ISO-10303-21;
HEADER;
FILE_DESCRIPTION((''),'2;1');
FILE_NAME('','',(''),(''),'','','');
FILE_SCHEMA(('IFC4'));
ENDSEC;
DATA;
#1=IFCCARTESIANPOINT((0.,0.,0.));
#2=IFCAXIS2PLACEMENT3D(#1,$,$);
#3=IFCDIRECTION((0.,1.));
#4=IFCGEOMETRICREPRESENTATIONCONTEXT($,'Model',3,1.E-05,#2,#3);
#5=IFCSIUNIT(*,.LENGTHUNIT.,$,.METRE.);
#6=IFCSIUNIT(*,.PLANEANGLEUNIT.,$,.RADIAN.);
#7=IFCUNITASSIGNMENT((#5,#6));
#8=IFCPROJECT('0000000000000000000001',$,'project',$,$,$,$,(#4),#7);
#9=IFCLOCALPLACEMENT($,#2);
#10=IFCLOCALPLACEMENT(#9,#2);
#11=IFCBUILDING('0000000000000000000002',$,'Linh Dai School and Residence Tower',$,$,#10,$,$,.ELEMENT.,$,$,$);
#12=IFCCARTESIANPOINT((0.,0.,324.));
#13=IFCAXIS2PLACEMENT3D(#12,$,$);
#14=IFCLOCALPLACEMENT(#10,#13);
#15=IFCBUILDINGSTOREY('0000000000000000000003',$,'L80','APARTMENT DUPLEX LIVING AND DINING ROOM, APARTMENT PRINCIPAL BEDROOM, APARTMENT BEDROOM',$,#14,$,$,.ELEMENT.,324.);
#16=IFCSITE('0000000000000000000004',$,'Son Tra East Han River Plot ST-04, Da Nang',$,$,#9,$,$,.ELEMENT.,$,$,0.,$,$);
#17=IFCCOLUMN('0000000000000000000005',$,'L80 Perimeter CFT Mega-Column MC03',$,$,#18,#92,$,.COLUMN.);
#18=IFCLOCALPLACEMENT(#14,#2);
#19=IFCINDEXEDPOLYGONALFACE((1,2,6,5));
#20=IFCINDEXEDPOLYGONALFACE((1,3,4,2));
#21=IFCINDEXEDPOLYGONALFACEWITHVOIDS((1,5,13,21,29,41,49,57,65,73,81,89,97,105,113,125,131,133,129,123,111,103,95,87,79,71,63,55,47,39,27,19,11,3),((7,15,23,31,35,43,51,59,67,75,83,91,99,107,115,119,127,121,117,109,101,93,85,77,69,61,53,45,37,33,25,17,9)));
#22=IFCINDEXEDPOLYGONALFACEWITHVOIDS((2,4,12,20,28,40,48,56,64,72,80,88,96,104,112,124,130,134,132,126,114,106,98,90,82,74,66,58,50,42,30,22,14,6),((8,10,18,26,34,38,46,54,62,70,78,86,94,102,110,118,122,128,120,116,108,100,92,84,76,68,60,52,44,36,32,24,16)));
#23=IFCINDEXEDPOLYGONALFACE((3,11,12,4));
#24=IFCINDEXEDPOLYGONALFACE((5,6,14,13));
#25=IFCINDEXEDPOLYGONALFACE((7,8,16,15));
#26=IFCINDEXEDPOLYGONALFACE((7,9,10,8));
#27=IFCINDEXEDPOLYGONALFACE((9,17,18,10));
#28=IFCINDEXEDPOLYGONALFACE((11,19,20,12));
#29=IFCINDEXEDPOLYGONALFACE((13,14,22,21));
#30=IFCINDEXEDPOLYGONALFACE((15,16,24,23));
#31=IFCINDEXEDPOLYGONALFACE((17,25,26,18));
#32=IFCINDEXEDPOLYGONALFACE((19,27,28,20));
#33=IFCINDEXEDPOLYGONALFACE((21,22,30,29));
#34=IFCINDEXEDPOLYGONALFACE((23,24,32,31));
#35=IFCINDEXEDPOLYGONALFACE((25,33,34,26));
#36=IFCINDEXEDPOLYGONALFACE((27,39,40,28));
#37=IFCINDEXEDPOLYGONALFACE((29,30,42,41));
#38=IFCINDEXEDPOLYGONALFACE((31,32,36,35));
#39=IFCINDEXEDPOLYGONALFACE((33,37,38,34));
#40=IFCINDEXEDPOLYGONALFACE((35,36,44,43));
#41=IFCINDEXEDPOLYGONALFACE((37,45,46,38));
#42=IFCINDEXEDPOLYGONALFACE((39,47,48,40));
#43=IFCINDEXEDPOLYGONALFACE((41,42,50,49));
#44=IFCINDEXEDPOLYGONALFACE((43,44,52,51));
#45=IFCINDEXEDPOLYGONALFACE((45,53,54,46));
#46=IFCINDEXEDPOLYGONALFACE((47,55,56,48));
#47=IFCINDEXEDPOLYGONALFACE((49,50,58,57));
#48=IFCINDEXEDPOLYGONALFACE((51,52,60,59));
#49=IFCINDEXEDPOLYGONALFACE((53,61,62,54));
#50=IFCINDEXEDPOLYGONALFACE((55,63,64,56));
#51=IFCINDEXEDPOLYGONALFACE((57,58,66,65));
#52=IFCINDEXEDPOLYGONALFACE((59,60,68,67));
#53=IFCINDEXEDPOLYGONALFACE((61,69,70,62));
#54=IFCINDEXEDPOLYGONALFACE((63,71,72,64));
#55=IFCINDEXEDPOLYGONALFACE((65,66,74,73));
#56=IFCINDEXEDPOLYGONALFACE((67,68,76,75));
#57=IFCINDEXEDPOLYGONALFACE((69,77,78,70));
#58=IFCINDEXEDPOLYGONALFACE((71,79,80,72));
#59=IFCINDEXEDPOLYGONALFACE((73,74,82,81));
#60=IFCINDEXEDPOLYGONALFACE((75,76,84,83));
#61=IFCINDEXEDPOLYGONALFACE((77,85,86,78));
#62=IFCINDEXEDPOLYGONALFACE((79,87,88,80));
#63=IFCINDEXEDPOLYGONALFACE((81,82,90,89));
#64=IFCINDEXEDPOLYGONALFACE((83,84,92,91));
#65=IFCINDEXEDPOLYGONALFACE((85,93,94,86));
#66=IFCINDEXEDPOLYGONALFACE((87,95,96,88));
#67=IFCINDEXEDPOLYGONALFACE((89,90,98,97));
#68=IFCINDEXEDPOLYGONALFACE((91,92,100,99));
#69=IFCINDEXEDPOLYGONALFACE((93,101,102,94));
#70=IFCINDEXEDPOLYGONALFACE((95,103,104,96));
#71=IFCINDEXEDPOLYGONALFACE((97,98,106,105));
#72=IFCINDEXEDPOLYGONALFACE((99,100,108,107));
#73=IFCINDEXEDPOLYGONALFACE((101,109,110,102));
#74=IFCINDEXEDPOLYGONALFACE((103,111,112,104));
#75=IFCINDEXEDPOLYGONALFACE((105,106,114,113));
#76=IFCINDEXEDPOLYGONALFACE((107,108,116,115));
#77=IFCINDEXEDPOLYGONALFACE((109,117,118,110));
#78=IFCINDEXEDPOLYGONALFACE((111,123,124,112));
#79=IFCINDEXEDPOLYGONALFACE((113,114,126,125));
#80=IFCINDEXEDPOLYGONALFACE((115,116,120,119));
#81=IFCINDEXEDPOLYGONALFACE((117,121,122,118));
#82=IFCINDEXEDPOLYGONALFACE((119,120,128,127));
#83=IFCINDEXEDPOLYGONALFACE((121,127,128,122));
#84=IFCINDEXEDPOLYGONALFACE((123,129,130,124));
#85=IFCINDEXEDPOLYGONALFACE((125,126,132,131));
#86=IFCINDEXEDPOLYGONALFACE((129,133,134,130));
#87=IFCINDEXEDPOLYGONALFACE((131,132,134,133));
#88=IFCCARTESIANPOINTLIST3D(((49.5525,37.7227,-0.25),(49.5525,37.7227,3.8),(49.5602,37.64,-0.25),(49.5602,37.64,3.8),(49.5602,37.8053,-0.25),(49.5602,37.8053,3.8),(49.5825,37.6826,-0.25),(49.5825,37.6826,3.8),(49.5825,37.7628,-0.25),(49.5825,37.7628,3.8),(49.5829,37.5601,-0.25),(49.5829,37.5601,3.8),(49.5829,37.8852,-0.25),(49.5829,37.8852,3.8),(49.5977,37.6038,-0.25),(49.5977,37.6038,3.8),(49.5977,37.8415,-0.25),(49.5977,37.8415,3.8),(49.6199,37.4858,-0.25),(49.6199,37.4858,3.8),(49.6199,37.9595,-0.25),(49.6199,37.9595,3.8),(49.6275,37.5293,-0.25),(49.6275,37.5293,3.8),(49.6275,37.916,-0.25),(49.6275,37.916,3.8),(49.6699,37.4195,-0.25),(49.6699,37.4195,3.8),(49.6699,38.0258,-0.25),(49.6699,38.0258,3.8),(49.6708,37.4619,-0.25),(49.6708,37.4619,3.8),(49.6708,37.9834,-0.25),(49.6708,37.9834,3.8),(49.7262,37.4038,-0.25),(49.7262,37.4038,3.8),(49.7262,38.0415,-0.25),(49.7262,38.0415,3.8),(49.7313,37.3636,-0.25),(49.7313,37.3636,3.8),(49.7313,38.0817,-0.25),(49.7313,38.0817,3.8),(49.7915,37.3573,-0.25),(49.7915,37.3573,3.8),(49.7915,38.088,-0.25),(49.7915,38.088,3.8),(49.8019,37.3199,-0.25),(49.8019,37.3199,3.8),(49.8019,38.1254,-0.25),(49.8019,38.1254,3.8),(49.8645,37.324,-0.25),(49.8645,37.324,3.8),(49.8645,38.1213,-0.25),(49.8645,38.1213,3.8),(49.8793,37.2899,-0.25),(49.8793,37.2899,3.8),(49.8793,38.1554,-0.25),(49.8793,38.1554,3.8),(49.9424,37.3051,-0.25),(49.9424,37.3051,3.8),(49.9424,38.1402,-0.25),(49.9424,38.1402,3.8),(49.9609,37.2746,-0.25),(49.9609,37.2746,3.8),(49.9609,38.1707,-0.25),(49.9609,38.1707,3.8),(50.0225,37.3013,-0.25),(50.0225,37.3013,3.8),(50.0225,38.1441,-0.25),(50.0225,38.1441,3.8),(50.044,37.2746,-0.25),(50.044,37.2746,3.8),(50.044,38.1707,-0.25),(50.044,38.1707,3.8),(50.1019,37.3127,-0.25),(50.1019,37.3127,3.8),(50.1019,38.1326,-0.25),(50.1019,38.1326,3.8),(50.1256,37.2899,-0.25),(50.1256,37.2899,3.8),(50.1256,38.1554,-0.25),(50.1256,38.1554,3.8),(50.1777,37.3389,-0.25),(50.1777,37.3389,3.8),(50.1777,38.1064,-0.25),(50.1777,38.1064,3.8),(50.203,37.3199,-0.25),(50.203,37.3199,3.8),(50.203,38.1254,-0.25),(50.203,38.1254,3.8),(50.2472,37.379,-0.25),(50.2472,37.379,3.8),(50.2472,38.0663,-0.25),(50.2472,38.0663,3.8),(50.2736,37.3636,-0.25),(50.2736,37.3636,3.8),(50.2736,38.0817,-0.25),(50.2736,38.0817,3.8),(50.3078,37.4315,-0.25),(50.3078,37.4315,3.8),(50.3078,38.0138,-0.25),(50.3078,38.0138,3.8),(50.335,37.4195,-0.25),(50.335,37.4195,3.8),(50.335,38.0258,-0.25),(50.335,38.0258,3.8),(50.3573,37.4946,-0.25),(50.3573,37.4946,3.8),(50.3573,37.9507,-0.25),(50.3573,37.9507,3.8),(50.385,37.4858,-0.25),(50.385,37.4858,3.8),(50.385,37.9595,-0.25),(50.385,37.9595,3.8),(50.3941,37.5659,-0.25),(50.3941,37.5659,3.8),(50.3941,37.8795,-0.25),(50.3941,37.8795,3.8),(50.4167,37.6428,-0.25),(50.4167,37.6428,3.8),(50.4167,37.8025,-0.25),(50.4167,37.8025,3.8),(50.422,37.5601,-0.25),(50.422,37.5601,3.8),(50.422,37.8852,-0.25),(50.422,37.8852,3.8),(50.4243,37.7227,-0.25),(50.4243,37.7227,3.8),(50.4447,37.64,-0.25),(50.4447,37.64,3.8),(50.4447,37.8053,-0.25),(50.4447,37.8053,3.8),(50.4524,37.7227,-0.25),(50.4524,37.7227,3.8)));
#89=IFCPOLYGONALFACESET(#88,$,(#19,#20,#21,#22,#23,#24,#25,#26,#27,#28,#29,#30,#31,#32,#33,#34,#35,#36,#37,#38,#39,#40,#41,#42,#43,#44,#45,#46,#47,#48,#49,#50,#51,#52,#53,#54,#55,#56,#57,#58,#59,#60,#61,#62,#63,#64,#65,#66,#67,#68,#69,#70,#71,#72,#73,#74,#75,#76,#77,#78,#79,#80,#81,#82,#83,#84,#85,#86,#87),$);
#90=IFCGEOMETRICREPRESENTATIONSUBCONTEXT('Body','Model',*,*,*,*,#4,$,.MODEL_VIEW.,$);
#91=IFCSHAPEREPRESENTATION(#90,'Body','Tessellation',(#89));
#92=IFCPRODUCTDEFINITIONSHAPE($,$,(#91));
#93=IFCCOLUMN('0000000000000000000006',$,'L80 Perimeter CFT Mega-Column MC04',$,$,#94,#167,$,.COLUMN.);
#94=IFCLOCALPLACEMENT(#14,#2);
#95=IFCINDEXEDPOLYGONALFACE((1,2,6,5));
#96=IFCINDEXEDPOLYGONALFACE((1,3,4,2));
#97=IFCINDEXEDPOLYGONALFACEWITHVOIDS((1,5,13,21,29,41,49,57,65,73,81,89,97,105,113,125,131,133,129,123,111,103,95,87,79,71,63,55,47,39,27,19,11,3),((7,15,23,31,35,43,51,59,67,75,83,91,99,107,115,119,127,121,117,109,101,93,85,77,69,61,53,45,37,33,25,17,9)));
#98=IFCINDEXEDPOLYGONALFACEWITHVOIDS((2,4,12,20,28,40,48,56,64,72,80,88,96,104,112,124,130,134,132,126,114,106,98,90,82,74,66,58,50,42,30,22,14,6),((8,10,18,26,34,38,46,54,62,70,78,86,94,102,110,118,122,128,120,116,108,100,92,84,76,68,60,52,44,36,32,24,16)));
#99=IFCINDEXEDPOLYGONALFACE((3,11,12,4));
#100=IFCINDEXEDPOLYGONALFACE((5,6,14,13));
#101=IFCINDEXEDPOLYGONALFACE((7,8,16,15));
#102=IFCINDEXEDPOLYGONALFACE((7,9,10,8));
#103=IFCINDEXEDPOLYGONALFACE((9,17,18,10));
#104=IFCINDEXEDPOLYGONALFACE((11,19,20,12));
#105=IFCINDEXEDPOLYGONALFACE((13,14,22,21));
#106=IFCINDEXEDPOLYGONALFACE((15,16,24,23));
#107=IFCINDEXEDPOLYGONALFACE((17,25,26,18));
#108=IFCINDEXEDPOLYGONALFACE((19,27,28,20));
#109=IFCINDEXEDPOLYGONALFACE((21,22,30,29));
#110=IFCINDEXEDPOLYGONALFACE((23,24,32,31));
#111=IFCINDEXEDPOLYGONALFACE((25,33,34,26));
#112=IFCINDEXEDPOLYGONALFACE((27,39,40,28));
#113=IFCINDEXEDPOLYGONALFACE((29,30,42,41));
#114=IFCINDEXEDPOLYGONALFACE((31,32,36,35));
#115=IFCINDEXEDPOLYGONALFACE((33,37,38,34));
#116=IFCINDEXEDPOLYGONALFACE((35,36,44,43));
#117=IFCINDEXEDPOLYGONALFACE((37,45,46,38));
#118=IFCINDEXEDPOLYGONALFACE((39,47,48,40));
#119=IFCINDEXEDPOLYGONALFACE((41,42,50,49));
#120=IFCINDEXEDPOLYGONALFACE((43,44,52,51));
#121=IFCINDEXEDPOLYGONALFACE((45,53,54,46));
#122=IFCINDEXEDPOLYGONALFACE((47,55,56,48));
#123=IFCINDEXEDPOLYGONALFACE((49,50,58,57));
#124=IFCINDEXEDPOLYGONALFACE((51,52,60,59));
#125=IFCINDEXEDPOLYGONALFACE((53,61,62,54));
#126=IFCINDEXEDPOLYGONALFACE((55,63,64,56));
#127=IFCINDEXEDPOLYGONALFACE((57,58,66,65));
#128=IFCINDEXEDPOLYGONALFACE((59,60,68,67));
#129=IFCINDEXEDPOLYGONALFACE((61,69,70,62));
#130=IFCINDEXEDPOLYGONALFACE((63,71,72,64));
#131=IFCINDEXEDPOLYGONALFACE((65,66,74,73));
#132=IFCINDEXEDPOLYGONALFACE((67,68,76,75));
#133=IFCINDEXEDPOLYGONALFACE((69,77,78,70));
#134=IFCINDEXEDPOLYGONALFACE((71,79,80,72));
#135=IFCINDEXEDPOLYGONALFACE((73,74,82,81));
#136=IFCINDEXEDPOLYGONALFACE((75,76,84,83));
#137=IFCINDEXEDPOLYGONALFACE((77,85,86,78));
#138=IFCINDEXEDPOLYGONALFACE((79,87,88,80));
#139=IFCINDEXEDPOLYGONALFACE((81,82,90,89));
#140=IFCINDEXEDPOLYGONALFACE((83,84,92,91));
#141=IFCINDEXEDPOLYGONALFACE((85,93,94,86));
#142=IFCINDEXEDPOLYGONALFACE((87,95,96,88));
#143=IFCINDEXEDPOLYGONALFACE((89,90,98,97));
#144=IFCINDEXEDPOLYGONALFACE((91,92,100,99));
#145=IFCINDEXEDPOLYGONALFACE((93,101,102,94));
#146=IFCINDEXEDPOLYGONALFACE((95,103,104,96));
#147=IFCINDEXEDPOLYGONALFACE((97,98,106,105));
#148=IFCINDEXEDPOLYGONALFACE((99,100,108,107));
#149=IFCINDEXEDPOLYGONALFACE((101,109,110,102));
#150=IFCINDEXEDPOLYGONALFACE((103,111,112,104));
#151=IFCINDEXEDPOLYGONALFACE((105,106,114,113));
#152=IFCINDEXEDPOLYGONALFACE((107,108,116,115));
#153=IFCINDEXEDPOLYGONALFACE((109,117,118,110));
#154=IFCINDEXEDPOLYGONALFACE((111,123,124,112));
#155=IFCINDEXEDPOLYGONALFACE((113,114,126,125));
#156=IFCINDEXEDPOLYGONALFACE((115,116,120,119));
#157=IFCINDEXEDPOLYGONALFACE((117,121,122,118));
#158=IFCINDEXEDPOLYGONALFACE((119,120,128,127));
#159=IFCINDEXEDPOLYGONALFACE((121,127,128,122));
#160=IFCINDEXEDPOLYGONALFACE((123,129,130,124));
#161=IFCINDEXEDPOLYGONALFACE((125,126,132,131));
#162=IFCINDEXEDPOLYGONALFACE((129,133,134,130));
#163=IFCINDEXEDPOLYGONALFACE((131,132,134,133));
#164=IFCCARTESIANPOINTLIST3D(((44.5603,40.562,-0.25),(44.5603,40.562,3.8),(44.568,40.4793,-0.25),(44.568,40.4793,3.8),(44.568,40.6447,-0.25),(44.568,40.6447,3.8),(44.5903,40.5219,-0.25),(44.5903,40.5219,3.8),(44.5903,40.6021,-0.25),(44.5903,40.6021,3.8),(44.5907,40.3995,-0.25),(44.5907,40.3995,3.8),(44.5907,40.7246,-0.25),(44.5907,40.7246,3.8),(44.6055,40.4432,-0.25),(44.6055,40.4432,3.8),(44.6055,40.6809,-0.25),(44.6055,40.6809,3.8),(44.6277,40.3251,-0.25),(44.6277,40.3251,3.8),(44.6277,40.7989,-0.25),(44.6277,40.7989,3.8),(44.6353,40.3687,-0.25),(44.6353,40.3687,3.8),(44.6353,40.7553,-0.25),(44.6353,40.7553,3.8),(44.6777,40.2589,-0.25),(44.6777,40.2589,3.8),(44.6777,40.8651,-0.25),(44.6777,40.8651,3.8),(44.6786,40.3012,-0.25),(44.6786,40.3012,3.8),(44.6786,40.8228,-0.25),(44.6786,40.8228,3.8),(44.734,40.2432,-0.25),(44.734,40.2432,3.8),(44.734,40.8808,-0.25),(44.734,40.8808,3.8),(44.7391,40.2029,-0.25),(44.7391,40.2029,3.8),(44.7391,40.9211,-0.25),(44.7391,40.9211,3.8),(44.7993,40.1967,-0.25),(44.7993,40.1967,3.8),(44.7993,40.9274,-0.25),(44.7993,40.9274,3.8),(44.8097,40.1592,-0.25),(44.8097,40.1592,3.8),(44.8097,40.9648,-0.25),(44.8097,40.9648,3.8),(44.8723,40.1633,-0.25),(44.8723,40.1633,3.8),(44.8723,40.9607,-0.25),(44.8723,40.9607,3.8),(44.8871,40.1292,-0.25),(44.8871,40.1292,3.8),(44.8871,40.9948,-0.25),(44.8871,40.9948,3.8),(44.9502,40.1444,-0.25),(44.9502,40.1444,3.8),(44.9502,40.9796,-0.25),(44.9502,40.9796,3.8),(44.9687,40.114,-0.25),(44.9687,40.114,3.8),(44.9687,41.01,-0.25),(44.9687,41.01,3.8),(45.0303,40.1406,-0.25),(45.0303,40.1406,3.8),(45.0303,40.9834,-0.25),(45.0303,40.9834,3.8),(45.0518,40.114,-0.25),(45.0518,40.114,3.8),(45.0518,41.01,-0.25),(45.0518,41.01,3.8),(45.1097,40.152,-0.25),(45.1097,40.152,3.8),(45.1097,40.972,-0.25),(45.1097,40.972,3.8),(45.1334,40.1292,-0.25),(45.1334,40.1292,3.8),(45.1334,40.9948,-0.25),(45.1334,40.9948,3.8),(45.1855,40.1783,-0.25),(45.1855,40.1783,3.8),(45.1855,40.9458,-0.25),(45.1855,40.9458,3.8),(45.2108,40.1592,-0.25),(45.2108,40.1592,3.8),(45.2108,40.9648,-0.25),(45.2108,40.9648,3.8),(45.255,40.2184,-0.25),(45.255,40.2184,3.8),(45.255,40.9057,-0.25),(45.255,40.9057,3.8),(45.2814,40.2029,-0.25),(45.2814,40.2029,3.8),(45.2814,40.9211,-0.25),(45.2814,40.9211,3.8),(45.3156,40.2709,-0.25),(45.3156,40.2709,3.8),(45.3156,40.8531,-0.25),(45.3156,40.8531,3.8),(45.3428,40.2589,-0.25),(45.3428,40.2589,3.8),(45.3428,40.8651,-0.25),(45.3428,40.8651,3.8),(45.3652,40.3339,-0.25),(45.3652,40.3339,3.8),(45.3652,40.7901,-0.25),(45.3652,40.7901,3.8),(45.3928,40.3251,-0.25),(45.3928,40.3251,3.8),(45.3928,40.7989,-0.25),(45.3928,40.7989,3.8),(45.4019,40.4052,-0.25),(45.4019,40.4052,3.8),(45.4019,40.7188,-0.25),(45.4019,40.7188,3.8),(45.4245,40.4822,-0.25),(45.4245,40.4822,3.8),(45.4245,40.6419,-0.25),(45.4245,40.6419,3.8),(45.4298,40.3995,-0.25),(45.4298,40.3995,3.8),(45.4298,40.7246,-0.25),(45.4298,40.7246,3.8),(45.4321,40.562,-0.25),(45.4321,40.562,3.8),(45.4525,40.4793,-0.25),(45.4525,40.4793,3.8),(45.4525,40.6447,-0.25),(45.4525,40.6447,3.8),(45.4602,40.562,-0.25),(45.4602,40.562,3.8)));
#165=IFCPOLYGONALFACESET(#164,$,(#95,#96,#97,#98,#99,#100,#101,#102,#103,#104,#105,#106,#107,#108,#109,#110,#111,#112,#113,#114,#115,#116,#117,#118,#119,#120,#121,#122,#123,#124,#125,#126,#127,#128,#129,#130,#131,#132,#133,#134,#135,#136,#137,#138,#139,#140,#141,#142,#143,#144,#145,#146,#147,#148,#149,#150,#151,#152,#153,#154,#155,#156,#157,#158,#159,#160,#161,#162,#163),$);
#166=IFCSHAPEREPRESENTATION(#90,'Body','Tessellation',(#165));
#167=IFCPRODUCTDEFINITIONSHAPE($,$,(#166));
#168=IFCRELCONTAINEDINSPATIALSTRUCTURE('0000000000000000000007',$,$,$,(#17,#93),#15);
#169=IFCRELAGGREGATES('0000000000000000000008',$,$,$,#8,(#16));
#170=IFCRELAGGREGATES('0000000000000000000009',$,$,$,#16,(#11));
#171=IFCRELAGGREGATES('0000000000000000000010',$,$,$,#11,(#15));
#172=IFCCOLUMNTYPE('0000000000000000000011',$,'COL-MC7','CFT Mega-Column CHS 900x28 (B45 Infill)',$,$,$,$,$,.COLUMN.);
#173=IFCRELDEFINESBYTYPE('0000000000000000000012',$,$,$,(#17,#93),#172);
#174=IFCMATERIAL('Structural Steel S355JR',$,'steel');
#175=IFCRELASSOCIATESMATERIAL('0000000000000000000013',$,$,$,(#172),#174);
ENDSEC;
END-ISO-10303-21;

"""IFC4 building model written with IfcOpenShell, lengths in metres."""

from ifc_helpers import new_model, si_unit, direction, frame, origin, origin_2d, place, context, subcontext, project, spatial, hollow_circle, extrude, material, material_profile, profile_set, type_object, element, save


model = new_model("IFC4")

# Units and contexts
model_context = context("Model", 3, precision=1e-05, world=origin(), true_north=direction((0.0, 1.0)))
body_context = subcontext(model_context, "Body", "Model", "MODEL_VIEW")
ifc_project = project(units=[si_unit("LENGTHUNIT", "METRE"), si_unit("PLANEANGLEUNIT", "RADIAN")], contexts=[model_context])

# Site, building, storey
site_placement = place(None, origin())
site = spatial("IfcSite", under=ifc_project, at=site_placement, Name="Son Tra East Han River Plot ST-04, Da Nang", CompositionType="ELEMENT", RefElevation=0.0)
building_placement = place(site_placement, origin())
building = spatial("IfcBuilding", under=site, at=building_placement, Name="Linh Dai School and Residence Tower", CompositionType="ELEMENT")
storey_placement = place(building_placement, frame((0.0, 0.0, 324.0)))
storey = spatial("IfcBuildingStorey", under=building, at=storey_placement, Name="L80", Description="APARTMENT DUPLEX LIVING AND DINING ROOM, APARTMENT PRINCIPAL BEDROOM, APARTMENT BEDROOM", CompositionType="ELEMENT", Elevation=324.0)

# Columns
ifc_material_1 = material(Name="Structural Steel S355JR", Category="steel")
ifc_material_profile_1 = material_profile(ifc_material_1, hollow_circle(Radius=0.45, WallThickness=0.0281, at=origin_2d()), Name="CHS 900x28")
ifc_profile_set_1 = profile_set([ifc_material_profile_1], Name="Structural Steel S355JR")
column_type = type_object("IfcColumnType", Name="COL-MC7", Description="CFT Mega-Column CHS 900x28 (B45 Infill)", PredefinedType="COLUMN", material=ifc_profile_set_1)
for number, where, z_axis, x_axis, name in (
    (1, (50.0024, 37.7227, -0.25), (0.0, 0.0, 1.0), (1.0, 0.0, 0.0), "L80 Perimeter CFT Mega-Column MC03"),
    (2, (45.0103, 40.562, -0.25), (0.0, 0.0, 1.0), (1.0, 0.0, 0.0), "L80 Perimeter CFT Mega-Column MC04"),
):
    element("IfcColumn", number, at=place(storey_placement, frame(where, z_axis=z_axis, x_axis=x_axis)), inside=storey, type_object=column_type, Name=name, PredefinedType="COLUMN", context=body_context, shape_type="SweptSolid", body=[
        extrude(hollow_circle(Radius=0.45, WallThickness=0.0281, at=origin_2d()), origin(), (0.0, 0.0, 1.0), 4.05),
    ])

save(model, "model.ifc")
